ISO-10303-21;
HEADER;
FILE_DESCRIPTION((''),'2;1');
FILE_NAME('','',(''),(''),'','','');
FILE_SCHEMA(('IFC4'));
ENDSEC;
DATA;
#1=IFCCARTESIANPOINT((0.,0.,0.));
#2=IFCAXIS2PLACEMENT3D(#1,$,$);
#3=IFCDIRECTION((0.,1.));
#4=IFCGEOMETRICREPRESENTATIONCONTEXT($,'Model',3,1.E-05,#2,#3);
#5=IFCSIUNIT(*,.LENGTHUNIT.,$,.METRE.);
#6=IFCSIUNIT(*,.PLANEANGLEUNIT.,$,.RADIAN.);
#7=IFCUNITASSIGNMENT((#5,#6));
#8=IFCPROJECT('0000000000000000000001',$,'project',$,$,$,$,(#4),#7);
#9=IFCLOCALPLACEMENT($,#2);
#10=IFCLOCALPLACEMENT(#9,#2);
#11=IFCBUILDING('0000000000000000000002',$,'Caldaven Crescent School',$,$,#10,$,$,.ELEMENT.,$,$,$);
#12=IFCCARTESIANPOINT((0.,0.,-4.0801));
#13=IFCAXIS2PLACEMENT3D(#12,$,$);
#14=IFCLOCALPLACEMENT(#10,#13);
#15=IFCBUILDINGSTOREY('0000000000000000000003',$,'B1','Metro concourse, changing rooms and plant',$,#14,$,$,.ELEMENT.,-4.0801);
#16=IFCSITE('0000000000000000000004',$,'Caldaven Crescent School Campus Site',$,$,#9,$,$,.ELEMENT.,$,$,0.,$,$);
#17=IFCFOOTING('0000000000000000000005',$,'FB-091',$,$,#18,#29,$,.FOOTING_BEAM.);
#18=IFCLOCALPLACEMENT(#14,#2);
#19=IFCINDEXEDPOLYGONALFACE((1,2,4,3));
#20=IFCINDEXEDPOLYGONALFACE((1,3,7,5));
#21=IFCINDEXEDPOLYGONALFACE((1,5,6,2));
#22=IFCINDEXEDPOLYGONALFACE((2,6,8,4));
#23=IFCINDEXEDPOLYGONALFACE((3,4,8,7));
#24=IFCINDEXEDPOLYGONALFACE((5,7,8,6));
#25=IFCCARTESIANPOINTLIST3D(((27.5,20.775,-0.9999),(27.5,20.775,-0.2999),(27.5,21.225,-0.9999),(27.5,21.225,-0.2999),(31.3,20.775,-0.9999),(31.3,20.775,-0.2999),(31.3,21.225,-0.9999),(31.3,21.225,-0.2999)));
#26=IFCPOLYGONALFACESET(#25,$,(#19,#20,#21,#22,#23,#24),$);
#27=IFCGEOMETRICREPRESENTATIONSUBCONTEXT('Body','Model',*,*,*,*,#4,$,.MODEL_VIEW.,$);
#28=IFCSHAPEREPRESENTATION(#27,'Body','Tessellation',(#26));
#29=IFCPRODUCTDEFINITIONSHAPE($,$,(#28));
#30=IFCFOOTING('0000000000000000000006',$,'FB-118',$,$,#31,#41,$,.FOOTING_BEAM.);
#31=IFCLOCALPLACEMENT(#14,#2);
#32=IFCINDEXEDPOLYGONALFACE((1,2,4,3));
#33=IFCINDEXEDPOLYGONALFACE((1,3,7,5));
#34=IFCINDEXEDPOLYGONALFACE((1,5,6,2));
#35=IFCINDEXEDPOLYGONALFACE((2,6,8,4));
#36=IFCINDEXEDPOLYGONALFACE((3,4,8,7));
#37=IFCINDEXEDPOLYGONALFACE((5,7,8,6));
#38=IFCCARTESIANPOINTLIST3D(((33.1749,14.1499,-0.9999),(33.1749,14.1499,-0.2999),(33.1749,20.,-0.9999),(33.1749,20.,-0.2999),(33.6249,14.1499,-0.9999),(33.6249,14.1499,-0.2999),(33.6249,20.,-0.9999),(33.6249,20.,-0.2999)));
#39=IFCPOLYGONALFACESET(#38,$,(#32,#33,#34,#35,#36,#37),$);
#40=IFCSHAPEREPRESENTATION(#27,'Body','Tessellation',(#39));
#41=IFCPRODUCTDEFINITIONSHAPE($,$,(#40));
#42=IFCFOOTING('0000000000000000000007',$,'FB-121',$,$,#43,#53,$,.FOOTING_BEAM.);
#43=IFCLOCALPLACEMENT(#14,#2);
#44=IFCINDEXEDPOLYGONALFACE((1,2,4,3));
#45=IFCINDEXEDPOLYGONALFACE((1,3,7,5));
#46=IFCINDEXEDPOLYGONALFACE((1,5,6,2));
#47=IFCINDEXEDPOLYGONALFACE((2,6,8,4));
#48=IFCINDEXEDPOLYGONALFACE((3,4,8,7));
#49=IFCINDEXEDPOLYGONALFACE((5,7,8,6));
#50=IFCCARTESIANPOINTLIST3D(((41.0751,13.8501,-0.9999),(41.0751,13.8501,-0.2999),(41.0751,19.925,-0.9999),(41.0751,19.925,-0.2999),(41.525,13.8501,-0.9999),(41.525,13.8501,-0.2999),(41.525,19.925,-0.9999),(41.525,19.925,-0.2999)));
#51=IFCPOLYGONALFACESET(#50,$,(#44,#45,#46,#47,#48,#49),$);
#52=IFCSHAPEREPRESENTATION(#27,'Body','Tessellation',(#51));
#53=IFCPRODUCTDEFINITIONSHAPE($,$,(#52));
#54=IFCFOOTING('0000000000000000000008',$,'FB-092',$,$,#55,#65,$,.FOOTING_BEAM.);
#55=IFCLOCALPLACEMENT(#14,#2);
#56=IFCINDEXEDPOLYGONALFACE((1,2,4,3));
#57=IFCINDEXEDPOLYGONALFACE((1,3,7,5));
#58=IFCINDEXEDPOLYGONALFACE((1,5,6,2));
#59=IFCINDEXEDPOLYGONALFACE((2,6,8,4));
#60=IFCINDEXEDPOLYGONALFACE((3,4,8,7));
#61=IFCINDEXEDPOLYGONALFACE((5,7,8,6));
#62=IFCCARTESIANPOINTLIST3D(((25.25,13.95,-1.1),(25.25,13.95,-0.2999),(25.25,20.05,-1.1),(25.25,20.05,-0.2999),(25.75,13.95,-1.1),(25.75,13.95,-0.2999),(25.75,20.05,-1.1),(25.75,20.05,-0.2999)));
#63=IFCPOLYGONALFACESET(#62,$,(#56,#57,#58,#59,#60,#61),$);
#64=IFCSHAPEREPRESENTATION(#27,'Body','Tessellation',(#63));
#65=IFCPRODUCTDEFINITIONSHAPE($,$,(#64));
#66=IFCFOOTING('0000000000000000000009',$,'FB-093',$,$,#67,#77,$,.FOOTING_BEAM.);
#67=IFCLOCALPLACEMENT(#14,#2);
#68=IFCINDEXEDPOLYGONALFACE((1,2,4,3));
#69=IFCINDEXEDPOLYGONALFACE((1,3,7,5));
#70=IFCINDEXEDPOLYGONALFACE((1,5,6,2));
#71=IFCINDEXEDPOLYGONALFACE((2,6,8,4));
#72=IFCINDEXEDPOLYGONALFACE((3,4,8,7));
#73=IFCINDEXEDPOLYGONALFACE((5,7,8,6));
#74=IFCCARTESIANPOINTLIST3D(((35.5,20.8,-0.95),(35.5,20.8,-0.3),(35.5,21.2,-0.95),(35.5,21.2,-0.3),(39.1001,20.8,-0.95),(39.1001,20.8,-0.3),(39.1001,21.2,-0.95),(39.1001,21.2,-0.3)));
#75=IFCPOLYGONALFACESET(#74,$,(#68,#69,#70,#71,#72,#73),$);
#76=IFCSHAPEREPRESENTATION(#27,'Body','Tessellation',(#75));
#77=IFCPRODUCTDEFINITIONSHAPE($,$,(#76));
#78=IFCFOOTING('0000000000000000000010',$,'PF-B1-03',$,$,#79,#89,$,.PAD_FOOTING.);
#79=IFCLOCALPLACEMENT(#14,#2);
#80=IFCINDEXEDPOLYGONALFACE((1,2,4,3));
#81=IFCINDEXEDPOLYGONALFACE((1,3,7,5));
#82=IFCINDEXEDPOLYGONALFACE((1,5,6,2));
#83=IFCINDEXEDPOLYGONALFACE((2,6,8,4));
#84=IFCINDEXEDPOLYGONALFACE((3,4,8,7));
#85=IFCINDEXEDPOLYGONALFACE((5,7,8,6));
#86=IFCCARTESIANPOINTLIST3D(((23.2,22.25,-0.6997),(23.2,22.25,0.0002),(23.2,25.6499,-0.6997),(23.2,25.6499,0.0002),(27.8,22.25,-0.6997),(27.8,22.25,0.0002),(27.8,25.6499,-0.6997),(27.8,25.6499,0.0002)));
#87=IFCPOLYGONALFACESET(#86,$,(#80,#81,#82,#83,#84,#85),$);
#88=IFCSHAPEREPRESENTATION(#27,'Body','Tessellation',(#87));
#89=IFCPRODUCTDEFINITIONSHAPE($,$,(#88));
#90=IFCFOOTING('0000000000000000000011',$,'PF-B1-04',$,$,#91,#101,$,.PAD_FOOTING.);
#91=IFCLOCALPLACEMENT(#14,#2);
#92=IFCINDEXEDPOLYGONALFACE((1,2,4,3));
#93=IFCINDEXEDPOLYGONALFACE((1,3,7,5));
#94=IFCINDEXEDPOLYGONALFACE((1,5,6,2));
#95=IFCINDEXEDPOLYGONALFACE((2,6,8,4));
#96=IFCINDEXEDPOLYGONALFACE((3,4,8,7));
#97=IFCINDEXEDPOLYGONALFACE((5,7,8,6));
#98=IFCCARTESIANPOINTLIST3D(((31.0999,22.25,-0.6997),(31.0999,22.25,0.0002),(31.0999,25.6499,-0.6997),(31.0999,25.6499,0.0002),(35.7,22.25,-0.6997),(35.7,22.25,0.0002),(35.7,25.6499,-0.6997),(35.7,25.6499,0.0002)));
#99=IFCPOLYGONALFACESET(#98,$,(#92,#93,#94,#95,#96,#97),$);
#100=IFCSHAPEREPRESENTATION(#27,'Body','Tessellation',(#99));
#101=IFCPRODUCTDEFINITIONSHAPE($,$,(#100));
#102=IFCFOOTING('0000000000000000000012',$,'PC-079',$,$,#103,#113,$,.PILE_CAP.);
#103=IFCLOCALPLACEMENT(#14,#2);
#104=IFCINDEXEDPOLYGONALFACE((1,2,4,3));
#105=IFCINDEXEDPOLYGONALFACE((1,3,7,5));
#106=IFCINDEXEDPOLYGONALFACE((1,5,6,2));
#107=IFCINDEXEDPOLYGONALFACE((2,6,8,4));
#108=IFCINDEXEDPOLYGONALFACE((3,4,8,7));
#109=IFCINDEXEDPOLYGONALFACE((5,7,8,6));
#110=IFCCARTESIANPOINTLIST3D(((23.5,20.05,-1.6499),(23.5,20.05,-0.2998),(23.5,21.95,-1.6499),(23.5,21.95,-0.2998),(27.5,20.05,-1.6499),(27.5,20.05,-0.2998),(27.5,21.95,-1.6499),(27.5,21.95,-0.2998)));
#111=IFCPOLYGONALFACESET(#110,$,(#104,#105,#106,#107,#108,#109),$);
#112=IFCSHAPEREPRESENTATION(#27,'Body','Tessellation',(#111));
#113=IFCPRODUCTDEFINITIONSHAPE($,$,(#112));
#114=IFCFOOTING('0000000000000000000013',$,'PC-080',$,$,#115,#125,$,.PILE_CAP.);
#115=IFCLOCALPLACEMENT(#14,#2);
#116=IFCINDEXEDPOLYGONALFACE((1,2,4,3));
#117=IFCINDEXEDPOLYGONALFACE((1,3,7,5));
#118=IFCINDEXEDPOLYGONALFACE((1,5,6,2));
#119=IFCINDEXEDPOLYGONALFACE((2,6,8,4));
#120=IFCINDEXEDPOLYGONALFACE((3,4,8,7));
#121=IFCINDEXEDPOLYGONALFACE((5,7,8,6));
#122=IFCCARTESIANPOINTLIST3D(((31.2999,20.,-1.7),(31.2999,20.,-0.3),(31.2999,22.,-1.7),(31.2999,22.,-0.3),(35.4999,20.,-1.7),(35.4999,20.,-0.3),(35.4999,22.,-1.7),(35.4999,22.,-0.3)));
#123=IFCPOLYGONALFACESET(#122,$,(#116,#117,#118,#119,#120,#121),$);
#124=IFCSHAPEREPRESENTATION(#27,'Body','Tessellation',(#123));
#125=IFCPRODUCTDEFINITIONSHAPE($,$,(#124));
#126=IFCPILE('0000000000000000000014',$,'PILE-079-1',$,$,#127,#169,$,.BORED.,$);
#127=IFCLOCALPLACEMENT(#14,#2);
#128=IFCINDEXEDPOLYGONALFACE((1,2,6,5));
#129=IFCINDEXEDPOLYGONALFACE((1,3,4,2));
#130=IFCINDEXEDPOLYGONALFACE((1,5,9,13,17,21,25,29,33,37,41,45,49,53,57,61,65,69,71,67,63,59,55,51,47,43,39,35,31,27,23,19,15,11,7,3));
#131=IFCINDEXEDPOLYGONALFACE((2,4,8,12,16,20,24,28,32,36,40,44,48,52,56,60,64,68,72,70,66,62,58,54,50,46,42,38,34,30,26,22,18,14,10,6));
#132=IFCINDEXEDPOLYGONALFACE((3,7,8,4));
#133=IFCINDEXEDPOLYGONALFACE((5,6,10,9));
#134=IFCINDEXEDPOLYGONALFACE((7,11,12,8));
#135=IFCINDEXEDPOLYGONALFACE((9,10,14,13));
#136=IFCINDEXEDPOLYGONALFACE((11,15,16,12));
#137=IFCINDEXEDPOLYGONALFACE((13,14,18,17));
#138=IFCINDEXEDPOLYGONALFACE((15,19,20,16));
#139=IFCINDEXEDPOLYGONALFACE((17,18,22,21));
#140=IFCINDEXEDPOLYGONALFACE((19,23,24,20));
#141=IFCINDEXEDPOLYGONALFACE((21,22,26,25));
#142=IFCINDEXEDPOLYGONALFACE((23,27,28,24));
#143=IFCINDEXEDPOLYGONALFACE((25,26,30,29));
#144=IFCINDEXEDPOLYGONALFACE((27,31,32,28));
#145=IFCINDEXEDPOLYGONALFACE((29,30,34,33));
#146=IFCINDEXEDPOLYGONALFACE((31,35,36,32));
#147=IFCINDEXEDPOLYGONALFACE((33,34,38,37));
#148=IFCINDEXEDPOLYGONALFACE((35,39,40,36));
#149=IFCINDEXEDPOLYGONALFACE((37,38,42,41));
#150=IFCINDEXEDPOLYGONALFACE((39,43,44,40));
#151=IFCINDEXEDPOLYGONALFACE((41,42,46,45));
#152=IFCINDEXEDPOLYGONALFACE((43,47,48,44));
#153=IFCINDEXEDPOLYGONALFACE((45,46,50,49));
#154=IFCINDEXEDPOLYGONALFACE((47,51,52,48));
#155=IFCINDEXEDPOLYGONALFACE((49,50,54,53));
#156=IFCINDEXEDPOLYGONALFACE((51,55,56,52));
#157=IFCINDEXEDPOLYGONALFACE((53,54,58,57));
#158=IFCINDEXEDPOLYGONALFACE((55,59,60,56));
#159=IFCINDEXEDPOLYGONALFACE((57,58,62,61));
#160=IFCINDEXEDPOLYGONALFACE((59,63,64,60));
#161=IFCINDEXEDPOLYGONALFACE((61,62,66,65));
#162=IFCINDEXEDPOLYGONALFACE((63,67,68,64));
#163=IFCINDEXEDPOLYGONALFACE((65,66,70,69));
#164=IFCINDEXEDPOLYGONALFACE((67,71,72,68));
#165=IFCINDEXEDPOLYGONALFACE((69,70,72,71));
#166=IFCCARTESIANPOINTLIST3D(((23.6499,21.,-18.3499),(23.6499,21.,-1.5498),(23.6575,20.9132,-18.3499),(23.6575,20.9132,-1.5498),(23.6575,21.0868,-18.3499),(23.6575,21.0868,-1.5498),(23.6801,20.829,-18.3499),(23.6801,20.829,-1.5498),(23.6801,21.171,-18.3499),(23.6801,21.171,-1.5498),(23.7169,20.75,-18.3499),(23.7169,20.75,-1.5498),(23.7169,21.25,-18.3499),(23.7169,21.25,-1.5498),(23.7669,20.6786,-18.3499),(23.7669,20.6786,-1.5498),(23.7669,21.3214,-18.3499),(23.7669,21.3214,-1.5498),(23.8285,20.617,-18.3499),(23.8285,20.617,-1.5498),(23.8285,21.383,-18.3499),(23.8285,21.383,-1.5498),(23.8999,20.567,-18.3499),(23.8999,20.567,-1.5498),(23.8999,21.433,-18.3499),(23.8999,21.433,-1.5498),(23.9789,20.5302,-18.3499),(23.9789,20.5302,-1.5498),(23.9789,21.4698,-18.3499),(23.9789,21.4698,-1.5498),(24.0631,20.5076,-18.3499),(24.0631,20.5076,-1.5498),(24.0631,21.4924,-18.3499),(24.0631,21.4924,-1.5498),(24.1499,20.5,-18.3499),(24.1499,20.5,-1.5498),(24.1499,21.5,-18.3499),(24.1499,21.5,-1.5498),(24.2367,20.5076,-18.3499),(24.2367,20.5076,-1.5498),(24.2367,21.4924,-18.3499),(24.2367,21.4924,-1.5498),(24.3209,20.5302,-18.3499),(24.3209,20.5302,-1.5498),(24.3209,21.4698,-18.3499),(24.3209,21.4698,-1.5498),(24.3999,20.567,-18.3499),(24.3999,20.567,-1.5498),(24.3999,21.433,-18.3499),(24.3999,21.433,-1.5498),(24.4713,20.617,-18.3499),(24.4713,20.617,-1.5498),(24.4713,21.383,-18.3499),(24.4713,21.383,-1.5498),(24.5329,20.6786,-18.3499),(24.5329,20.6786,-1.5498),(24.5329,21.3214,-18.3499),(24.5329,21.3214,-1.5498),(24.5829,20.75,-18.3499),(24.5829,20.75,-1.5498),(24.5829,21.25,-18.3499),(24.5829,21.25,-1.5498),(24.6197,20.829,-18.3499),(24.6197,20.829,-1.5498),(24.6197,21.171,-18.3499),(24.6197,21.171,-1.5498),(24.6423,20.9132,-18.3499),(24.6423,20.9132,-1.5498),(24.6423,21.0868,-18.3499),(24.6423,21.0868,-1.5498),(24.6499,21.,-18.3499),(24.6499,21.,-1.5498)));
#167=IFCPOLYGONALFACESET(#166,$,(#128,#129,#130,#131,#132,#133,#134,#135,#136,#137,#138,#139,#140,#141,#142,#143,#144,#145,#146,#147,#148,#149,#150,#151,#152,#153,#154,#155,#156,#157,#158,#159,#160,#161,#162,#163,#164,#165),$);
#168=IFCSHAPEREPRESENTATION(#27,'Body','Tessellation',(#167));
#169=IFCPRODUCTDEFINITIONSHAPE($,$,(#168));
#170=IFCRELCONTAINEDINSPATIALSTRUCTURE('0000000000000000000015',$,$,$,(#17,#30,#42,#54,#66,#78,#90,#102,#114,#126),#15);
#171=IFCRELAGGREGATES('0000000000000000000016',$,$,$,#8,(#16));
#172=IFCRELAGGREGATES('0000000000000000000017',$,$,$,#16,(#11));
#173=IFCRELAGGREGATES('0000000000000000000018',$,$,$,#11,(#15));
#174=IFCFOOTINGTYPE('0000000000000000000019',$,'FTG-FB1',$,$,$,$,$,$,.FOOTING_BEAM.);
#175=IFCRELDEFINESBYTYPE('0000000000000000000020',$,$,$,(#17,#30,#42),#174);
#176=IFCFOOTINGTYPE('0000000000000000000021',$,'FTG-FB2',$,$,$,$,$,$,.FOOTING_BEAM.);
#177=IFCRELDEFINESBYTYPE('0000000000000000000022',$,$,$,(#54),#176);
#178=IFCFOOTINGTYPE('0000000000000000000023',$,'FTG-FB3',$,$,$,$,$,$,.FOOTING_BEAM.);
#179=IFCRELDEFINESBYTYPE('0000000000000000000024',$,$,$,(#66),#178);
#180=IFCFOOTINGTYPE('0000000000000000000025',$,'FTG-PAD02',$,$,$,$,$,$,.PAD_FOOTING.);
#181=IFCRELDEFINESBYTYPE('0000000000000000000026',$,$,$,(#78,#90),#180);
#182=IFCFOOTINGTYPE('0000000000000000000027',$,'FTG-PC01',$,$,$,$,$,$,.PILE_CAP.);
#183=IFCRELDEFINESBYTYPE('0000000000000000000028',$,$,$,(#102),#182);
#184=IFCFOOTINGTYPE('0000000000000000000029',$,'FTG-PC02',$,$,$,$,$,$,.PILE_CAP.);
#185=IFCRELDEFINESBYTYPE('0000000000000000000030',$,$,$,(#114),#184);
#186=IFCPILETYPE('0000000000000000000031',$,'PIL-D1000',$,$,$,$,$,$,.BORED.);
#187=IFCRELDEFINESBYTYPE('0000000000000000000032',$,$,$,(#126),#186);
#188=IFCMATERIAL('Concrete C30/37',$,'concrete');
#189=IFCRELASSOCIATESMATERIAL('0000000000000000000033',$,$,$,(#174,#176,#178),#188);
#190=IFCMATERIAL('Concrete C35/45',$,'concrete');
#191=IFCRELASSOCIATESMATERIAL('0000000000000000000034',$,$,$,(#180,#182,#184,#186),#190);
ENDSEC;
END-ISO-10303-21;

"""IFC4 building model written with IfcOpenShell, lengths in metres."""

from ifc_helpers import new_model, si_unit, direction, frame, origin, origin_2d, place, context, subcontext, project, spatial, rectangle, circle, extrude, material, material_profile, profile_set, type_object, element, save


model = new_model("IFC4")

# Units and contexts
model_context = context("Model", 3, precision=1e-05, world=origin(), true_north=direction((0.0, 1.0)))
body_context = subcontext(model_context, "Body", "Model", "MODEL_VIEW")
ifc_project = project(units=[si_unit("LENGTHUNIT", "METRE"), si_unit("PLANEANGLEUNIT", "RADIAN")], contexts=[model_context])

# Site, building, storey
site_placement = place(None, origin())
site = spatial("IfcSite", under=ifc_project, at=site_placement, Name="Caldaven Crescent School Campus Site", CompositionType="ELEMENT", RefElevation=0.0)
building_placement = place(site_placement, origin())
building = spatial("IfcBuilding", under=site, at=building_placement, Name="Caldaven Crescent School", CompositionType="ELEMENT")
storey_placement = place(building_placement, frame((0.0, 0.0, -4.0801)))
storey = spatial("IfcBuildingStorey", under=building, at=storey_placement, Name="B1", Description="Metro concourse, changing rooms and plant", CompositionType="ELEMENT", Elevation=-4.0801)

# Footings
ifc_material_1 = material(Name="Concrete C30/37", Category="concrete")
ifc_material_profile_1 = material_profile(ifc_material_1, rectangle(XDim=0.45, YDim=0.7, at=origin_2d()), Name="FB 450x700")
ifc_profile_set_1 = profile_set([ifc_material_profile_1], Name="Concrete C30/37")
footing_type_1 = type_object("IfcFootingType", Name="FTG-FB1", PredefinedType="FOOTING_BEAM", material=ifc_profile_set_1)
footing_1_placement = place(storey_placement, frame((27.5, 21.0, -0.6499), z_axis=(1.0, 0.0, 0.0), x_axis=(0.0, 1.0, 0.0)))
element("IfcFooting", 1, at=footing_1_placement, inside=storey, type_object=footing_type_1, Name="FB-091", PredefinedType="FOOTING_BEAM", context=body_context, shape_type="SweptSolid", body=[
    extrude(rectangle(XDim=0.45, YDim=0.7, at=origin_2d()), origin(), (0.0, 0.0, 1.0), 3.8),
])
footing_2_placement = place(storey_placement, frame((33.3999, 14.1499, -0.6499), z_axis=(0.0, 1.0, 0.0), x_axis=(-1.0, 0.0, 0.0)))
element("IfcFooting", 2, at=footing_2_placement, inside=storey, type_object=footing_type_1, Name="FB-118", PredefinedType="FOOTING_BEAM", context=body_context, shape_type="SweptSolid", body=[
    extrude(rectangle(XDim=0.45, YDim=0.7, at=origin_2d()), origin(), (0.0, 0.0, 1.0), 5.8501),
])
footing_3_placement = place(storey_placement, frame((41.3, 13.8501, -0.6499), z_axis=(0.0, 1.0, 0.0), x_axis=(-1.0, 0.0, 0.0)))
element("IfcFooting", 3, at=footing_3_placement, inside=storey, type_object=footing_type_1, Name="FB-121", PredefinedType="FOOTING_BEAM", context=body_context, shape_type="SweptSolid", body=[
    extrude(rectangle(XDim=0.45, YDim=0.7, at=origin_2d()), origin(), (0.0, 0.0, 1.0), 6.075),
])
ifc_material_profile_2 = material_profile(ifc_material_1, rectangle(XDim=0.5, YDim=0.8, at=origin_2d()), Name="FB 500x800")
ifc_profile_set_2 = profile_set([ifc_material_profile_2], Name="Concrete C30/37")
footing_type_2 = type_object("IfcFootingType", Name="FTG-FB2", PredefinedType="FOOTING_BEAM", material=ifc_profile_set_2)
footing_4_placement = place(storey_placement, frame((25.5, 20.05, -0.7), z_axis=(0.0, -1.0, 0.0), x_axis=(1.0, 0.0, 0.0)))
element("IfcFooting", 4, at=footing_4_placement, inside=storey, type_object=footing_type_2, Name="FB-092", PredefinedType="FOOTING_BEAM", context=body_context, shape_type="SweptSolid", body=[
    extrude(rectangle(XDim=0.5, YDim=0.8, at=origin_2d()), origin(), (0.0, 0.0, 1.0), 6.1001),
])
ifc_material_profile_3 = material_profile(ifc_material_1, rectangle(XDim=0.3999, YDim=0.6499, at=origin_2d()), Name="FB 400x650")
ifc_profile_set_3 = profile_set([ifc_material_profile_3], Name="Concrete C30/37")
footing_type_3 = type_object("IfcFootingType", Name="FTG-FB3", PredefinedType="FOOTING_BEAM", material=ifc_profile_set_3)
footing_5_placement = place(storey_placement, frame((35.5, 21.0, -0.625), z_axis=(1.0, 0.0, 0.0), x_axis=(0.0, 1.0, 0.0)))
element("IfcFooting", 5, at=footing_5_placement, inside=storey, type_object=footing_type_3, Name="FB-093", PredefinedType="FOOTING_BEAM", context=body_context, shape_type="SweptSolid", body=[
    extrude(rectangle(XDim=0.3999, YDim=0.6499, at=origin_2d()), origin(), (0.0, 0.0, 1.0), 3.6001),
])
ifc_material_2 = material(Name="Concrete C35/45", Category="concrete")
footing_type_4 = type_object("IfcFootingType", Name="FTG-PAD02", PredefinedType="PAD_FOOTING", material=ifc_material_2)
for number, where, z_axis, x_axis, name in (
    (6, (25.5, 23.95, -0.6997), (0.0, 0.0, 1.0), (1.0, 0.0, 0.0), "PF-B1-03"),
    (7, (33.3999, 23.95, -0.6997), (0.0, 0.0, 1.0), (1.0, 0.0, 0.0), "PF-B1-04"),
):
    element("IfcFooting", number, at=place(storey_placement, frame(where, z_axis=z_axis, x_axis=x_axis)), inside=storey, type_object=footing_type_4, Name=name, PredefinedType="PAD_FOOTING", context=body_context, shape_type="SweptSolid", body=[
        extrude(rectangle(XDim=4.6001, YDim=3.3999, at=origin_2d()), origin(), (0.0, 0.0, 1.0), 0.7),
    ])
footing_type_5 = type_object("IfcFootingType", Name="FTG-PC01", PredefinedType="PILE_CAP", material=ifc_material_2)
footing_6_placement = place(storey_placement, frame((25.5, 21.0, -1.6499), z_axis=(0.0, 0.0, 1.0), x_axis=(1.0, 0.0, 0.0)))
element("IfcFooting", 8, at=footing_6_placement, inside=storey, type_object=footing_type_5, Name="PC-079", PredefinedType="PILE_CAP", context=body_context, shape_type="SweptSolid", body=[
    extrude(rectangle(XDim=4.0, YDim=1.8999, at=origin_2d()), origin(), (0.0, 0.0, 1.0), 1.3501),
])
footing_type_6 = type_object("IfcFootingType", Name="FTG-PC02", PredefinedType="PILE_CAP", material=ifc_material_2)
footing_7_placement = place(storey_placement, frame((33.3999, 21.0, -1.7), z_axis=(0.0, 0.0, 1.0), x_axis=(1.0, 0.0, 0.0)))
element("IfcFooting", 9, at=footing_7_placement, inside=storey, type_object=footing_type_6, Name="PC-080", PredefinedType="PILE_CAP", context=body_context, shape_type="SweptSolid", body=[
    extrude(rectangle(XDim=4.2, YDim=2.0, at=origin_2d()), origin(), (0.0, 0.0, 1.0), 1.3999),
])

# Pile
ifc_material_profile_4 = material_profile(ifc_material_2, circle(Radius=0.5, at=origin_2d()), Name="PILE D1000")
ifc_profile_set_4 = profile_set([ifc_material_profile_4], Name="Concrete C35/45")
pile_type = type_object("IfcPileType", Name="PIL-D1000", PredefinedType="BORED", material=ifc_profile_set_4)
for number, where, z_axis, x_axis, name in (
    (10, (24.1499, 21.0, -1.5498), (0.0, 0.0, -1.0), (1.0, 0.0, 0.0), "PILE-079-1"),
):
    element("IfcPile", number, at=place(storey_placement, frame(where, z_axis=z_axis, x_axis=x_axis)), inside=storey, type_object=pile_type, Name=name, PredefinedType="BORED", context=body_context, shape_type="SweptSolid", body=[
        extrude(circle(Radius=0.5, at=origin_2d()), origin(), (0.0, 0.0, 1.0), 16.8),
    ])

save(model, "model.ifc")
